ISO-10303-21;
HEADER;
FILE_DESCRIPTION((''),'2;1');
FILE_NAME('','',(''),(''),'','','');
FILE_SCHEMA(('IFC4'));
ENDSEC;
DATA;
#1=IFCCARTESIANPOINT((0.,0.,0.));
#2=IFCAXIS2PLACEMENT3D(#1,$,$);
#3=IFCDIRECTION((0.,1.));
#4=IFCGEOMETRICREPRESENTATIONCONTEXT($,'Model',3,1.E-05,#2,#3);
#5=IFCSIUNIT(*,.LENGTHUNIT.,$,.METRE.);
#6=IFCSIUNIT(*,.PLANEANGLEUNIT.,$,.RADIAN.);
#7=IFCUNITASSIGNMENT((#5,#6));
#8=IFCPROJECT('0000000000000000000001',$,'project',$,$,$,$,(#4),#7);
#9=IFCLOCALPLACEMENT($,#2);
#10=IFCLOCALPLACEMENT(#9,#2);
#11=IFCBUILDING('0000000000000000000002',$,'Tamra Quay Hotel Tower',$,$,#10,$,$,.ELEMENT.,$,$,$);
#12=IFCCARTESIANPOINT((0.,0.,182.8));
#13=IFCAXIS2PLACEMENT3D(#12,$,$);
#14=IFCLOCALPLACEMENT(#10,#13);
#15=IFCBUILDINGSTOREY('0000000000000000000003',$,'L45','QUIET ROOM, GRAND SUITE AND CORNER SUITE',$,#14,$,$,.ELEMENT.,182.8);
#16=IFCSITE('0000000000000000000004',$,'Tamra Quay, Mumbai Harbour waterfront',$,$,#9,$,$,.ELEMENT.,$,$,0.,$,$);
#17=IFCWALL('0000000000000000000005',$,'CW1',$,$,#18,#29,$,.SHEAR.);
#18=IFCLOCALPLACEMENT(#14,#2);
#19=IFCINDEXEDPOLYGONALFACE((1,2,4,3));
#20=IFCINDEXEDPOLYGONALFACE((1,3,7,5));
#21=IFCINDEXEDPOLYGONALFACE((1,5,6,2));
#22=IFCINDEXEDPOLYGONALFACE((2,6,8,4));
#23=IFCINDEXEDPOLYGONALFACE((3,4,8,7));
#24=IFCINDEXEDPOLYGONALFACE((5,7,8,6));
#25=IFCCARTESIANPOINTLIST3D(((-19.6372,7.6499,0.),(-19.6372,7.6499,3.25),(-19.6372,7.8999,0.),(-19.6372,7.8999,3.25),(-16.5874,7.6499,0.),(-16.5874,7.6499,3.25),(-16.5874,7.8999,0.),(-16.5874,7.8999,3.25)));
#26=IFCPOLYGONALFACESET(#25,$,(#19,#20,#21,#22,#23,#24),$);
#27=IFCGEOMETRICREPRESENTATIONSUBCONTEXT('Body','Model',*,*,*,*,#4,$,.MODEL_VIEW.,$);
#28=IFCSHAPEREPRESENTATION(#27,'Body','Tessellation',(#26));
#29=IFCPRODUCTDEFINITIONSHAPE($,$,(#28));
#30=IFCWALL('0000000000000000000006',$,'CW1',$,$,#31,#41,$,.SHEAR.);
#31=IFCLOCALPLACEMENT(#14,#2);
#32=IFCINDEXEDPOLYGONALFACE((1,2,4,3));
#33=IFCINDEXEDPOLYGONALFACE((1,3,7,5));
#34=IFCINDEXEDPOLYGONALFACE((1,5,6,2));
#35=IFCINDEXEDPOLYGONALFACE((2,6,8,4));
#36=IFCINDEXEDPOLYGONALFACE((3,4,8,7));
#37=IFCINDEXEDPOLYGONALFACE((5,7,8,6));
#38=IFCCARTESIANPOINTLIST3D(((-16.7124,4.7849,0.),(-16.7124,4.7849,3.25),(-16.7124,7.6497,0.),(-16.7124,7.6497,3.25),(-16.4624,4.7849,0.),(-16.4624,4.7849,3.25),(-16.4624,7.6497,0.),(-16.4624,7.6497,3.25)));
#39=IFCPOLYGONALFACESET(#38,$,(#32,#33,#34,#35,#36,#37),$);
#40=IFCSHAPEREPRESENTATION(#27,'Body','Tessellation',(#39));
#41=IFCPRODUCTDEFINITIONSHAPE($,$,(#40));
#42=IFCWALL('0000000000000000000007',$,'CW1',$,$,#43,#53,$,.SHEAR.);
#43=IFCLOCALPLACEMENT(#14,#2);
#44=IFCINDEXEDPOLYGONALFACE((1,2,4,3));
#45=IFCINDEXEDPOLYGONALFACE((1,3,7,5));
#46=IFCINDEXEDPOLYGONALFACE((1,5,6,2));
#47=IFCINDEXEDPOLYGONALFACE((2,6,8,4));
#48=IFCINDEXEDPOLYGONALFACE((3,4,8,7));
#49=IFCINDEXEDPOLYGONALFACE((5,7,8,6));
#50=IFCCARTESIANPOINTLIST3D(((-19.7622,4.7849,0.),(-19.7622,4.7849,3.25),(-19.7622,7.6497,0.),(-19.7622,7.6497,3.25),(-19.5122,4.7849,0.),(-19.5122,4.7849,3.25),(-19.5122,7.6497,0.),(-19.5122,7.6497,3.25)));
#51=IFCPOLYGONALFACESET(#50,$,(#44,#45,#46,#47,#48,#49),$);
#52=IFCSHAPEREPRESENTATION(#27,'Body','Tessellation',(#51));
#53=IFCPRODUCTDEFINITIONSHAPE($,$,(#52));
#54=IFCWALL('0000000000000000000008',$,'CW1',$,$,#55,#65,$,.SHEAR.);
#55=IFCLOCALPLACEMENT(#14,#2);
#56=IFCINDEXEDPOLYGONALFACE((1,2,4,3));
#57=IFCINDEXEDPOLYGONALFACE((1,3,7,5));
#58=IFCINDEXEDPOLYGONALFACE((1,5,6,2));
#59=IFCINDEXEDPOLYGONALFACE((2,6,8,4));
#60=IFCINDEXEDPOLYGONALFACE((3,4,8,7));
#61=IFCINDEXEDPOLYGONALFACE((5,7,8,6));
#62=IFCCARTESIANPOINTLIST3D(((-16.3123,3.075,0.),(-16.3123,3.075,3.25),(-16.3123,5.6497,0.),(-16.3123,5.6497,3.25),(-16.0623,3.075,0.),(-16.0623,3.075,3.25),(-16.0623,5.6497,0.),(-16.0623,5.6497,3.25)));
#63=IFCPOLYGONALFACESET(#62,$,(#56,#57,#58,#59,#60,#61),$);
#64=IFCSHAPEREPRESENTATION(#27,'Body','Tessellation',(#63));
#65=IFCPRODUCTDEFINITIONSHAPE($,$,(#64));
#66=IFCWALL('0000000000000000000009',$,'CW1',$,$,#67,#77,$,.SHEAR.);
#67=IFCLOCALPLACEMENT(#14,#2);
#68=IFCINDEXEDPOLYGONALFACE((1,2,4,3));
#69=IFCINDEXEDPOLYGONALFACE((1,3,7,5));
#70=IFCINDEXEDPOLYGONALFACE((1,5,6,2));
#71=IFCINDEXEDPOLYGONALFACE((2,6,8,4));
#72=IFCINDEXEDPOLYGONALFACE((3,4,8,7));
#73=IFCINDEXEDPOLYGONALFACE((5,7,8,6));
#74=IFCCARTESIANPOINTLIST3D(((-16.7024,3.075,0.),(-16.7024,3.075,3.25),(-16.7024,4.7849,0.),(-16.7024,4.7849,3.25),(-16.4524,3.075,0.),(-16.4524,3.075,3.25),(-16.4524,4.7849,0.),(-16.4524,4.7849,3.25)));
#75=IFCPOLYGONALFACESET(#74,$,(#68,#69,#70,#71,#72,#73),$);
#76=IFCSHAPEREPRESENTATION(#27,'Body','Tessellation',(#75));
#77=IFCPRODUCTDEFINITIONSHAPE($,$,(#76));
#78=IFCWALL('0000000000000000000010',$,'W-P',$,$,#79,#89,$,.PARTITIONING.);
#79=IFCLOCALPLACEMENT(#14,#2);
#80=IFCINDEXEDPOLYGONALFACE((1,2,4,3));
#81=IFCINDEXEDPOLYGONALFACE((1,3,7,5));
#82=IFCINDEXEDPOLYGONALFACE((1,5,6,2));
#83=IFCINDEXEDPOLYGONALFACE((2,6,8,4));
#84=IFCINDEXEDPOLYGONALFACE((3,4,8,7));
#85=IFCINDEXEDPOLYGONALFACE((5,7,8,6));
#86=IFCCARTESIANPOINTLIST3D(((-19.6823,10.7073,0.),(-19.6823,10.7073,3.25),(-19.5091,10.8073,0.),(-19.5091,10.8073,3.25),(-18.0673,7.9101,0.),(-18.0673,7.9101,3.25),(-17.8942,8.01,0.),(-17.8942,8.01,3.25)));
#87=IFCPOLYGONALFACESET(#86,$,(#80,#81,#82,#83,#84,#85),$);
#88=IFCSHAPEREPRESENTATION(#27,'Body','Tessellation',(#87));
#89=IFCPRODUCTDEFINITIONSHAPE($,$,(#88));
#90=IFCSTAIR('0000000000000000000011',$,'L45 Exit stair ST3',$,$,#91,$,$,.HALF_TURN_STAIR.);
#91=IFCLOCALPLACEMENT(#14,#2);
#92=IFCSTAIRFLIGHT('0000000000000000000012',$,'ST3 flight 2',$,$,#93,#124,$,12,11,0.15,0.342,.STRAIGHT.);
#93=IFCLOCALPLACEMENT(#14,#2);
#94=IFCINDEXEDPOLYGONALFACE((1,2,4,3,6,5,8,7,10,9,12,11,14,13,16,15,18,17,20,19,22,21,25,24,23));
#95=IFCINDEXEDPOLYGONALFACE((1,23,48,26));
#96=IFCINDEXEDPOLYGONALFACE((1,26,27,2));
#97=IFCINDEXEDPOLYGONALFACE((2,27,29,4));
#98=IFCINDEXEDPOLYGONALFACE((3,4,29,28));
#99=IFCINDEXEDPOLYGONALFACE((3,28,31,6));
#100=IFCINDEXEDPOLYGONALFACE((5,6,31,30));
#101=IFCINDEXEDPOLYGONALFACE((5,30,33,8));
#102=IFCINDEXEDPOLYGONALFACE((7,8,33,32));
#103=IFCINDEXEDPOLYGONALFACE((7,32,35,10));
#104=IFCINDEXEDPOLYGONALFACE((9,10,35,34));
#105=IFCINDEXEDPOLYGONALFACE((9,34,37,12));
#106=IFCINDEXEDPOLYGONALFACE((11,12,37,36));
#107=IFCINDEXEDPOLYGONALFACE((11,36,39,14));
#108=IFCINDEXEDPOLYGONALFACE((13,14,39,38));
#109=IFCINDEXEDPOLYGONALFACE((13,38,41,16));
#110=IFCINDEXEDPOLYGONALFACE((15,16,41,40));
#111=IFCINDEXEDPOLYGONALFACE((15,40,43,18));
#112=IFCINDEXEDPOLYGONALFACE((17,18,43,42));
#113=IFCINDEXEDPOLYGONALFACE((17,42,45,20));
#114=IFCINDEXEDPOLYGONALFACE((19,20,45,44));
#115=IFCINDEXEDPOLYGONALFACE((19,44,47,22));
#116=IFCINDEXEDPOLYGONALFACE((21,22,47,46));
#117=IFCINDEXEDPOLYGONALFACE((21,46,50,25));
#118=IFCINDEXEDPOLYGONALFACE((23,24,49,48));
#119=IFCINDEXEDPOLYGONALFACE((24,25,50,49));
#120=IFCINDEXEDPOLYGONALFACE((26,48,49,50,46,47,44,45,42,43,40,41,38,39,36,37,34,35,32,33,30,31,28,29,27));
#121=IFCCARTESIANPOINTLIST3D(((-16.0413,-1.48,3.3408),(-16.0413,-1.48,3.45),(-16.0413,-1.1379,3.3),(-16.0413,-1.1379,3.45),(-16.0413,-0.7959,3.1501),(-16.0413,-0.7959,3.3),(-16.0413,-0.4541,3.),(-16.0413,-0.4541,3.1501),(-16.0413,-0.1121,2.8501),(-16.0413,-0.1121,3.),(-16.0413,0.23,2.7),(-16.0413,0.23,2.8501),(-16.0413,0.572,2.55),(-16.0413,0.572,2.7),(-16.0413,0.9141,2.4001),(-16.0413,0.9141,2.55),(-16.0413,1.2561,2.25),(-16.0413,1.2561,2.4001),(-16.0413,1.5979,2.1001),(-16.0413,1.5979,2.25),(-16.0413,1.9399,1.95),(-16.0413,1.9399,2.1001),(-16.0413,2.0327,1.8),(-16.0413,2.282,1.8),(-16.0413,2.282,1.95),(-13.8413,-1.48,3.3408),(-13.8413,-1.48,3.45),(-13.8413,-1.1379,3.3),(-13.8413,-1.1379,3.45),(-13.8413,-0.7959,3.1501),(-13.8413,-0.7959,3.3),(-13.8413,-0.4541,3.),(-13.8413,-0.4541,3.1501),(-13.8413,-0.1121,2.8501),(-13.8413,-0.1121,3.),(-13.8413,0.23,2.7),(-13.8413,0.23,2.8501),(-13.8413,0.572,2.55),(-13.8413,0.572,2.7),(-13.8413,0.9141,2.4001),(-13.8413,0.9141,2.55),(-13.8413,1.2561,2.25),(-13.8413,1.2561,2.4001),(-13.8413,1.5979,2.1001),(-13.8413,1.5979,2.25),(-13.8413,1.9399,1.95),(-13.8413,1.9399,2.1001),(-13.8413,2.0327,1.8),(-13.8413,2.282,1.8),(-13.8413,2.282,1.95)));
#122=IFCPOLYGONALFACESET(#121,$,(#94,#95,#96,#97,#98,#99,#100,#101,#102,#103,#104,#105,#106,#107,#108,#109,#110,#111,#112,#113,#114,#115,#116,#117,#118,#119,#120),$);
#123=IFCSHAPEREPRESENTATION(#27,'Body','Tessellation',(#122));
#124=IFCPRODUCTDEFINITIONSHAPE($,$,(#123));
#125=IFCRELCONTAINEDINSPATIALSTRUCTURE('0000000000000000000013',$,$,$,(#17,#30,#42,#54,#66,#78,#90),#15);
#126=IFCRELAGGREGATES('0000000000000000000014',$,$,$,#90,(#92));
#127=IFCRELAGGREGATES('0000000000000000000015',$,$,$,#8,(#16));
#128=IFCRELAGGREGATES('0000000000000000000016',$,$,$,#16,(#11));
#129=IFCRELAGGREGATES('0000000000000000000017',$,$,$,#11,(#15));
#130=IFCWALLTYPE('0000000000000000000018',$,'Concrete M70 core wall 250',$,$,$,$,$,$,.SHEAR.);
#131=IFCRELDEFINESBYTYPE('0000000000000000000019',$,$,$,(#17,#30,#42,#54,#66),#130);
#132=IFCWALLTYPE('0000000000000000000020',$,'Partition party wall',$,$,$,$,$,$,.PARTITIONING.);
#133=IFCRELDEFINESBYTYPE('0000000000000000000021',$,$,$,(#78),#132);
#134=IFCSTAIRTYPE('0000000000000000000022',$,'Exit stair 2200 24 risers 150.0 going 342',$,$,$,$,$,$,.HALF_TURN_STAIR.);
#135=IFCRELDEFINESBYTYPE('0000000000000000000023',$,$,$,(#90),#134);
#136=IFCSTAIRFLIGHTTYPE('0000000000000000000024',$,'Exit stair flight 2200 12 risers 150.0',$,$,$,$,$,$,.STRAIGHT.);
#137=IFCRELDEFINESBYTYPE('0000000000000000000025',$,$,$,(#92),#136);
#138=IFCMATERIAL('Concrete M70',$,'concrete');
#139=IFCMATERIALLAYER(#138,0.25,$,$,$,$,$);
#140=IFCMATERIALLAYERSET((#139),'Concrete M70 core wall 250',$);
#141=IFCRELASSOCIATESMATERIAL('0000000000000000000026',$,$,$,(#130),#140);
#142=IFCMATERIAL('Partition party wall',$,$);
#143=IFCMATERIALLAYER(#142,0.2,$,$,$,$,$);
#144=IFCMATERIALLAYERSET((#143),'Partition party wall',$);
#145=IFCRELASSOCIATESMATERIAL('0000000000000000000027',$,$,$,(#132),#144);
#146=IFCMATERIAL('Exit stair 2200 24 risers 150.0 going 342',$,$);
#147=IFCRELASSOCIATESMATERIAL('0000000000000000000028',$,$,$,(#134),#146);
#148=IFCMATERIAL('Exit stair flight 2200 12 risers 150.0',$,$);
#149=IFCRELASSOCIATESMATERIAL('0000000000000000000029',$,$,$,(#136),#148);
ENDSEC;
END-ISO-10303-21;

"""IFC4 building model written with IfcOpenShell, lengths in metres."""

from ifc_helpers import new_model, si_unit, direction, frame, frame_2d, origin, place, context, subcontext, project, spatial, polyline, rectangle, outline, extrude, material, layer, layer_set, type_object, element, aggregate, save


model = new_model("IFC4")

# Units and contexts
model_context = context("Model", 3, precision=1e-05, world=origin(), true_north=direction((0.0, 1.0)))
body_context = subcontext(model_context, "Body", "Model", "MODEL_VIEW")
ifc_project = project(units=[si_unit("LENGTHUNIT", "METRE"), si_unit("PLANEANGLEUNIT", "RADIAN")], contexts=[model_context])

# Site, building, storey
site_placement = place(None, origin())
site = spatial("IfcSite", under=ifc_project, at=site_placement, Name="Tamra Quay, Mumbai Harbour waterfront", CompositionType="ELEMENT", RefElevation=0.0)
building_placement = place(site_placement, origin())
building = spatial("IfcBuilding", under=site, at=building_placement, Name="Tamra Quay Hotel Tower", CompositionType="ELEMENT")
storey_placement = place(building_placement, frame((0.0, 0.0, 182.8)))
storey = spatial("IfcBuildingStorey", under=building, at=storey_placement, Name="L45", Description="QUIET ROOM, GRAND SUITE AND CORNER SUITE", CompositionType="ELEMENT", Elevation=182.8)

# Shared definitions
ifc_material_1 = material(Name="Concrete M70", Category="concrete")

# Walls
ifc_layer_1 = layer(ifc_material_1, 0.25)
ifc_layer_set_1 = layer_set([ifc_layer_1], Name="Concrete M70 core wall 250")
wall_type_1 = type_object("IfcWallType", Name="Concrete M70 core wall 250", PredefinedType="SHEAR", material=ifc_layer_set_1)
wall_1_placement = place(storey_placement, frame((-19.6372, 7.7749, 0.0), z_axis=(0.0, 0.0, 1.0), x_axis=(1.0, 0.0, 0.0)))
element("IfcWall", 1, at=wall_1_placement, inside=storey, type_object=wall_type_1, Name="CW1", PredefinedType="SHEAR", context=body_context, shape_type="SweptSolid", body=[
    extrude(rectangle(XDim=3.0498, YDim=0.25, at=frame_2d((1.5249, 0.0))), origin(), (0.0, 0.0, 1.0), 3.25),
])
for number, where, z_axis, x_axis, name in (
    (2, (-16.5874, 7.6497, 0.0), (0.0, 0.0, 1.0), (0.0, -1.0, 0.0), "CW1"),
    (3, (-19.6372, 4.7849, 0.0), (0.0, 0.0, 1.0), (0.0, 1.0, 0.0), "CW1"),
):
    element("IfcWall", number, at=place(storey_placement, frame(where, z_axis=z_axis, x_axis=x_axis)), inside=storey, type_object=wall_type_1, Name=name, PredefinedType="SHEAR", context=body_context, shape_type="SweptSolid", body=[
        extrude(rectangle(XDim=2.8647, YDim=0.25, at=frame_2d((1.4324, 0.0))), origin(), (0.0, 0.0, 1.0), 3.25),
    ])
wall_2_placement = place(storey_placement, frame((-16.1873, 3.075, 0.0), z_axis=(0.0, 0.0, 1.0), x_axis=(0.0, 1.0, 0.0)))
element("IfcWall", 4, at=wall_2_placement, inside=storey, type_object=wall_type_1, Name="CW1", PredefinedType="SHEAR", context=body_context, shape_type="SweptSolid", body=[
    extrude(rectangle(XDim=2.5747, YDim=0.25, at=frame_2d((1.2874, 0.0))), origin(), (0.0, 0.0, 1.0), 3.25),
])
wall_3_placement = place(storey_placement, frame((-16.5774, 4.7849, 0.0), z_axis=(0.0, 0.0, 1.0), x_axis=(0.0, -1.0, 0.0)))
element("IfcWall", 5, at=wall_3_placement, inside=storey, type_object=wall_type_1, Name="CW1", PredefinedType="SHEAR", context=body_context, shape_type="SweptSolid", body=[
    extrude(rectangle(XDim=1.71, YDim=0.25, at=frame_2d((0.855, 0.0))), origin(), (0.0, 0.0, 1.0), 3.25),
])
ifc_material_2 = material(Name="Partition party wall")
ifc_layer_2 = layer(ifc_material_2, 0.2)
ifc_layer_set_2 = layer_set([ifc_layer_2], Name="Partition party wall")
wall_type_2 = type_object("IfcWallType", Name="Partition party wall", PredefinedType="PARTITIONING", material=ifc_layer_set_2)
wall_4_placement = place(storey_placement, frame((-19.5957, 10.7573, 0.0), z_axis=(0.0, 0.0, 1.0), x_axis=(0.499984, -0.866035, 0.0)))
element("IfcWall", 6, at=wall_4_placement, inside=storey, type_object=wall_type_2, Name="W-P", PredefinedType="PARTITIONING", context=body_context, shape_type="SweptSolid", body=[
    extrude(rectangle(XDim=3.23, YDim=0.2, at=frame_2d((1.615, 0.0))), origin(), (0.0, 0.0, 1.0), 3.25),
])

# Stair, stair flight
ifc_material_3 = material(Name="Exit stair 2200 24 risers 150.0 going 342")
stair_type = type_object("IfcStairType", Name="Exit stair 2200 24 risers 150.0 going 342", PredefinedType="HALF_TURN_STAIR", material=ifc_material_3)
stair_placement = place(storey_placement, origin())
stair = element("IfcStair", 7, at=stair_placement, inside=storey, type_object=stair_type, Name="L45 Exit stair ST3", PredefinedType="HALF_TURN_STAIR")
ifc_material_4 = material(Name="Exit stair flight 2200 12 risers 150.0")
stair_flight_type = type_object("IfcStairFlightType", Name="Exit stair flight 2200 12 risers 150.0", PredefinedType="STRAIGHT", material=ifc_material_4)
stair_flight_placement = place(storey_placement, frame((-14.9414, 2.282, 1.8), z_axis=(0.0, 0.0, 1.0), x_axis=(0.0, -1.0, 0.0)))
stair_flight = element("IfcStairFlight", 8, at=stair_flight_placement, type_object=stair_flight_type, Name="ST3 flight 2", NumberOfRisers=12, NumberOfTreads=11, PredefinedType="STRAIGHT", RiserHeight=0.15, TreadLength=0.342, context=body_context, shape_type="SweptSolid", body=[
    extrude(outline(polyline([(0.0, 0.0), (0.0, 0.1499), (0.342, 0.1499), (0.342, 0.3), (0.6841, 0.3), (0.6841, 0.45), (1.0259, 0.45), (1.0259, 0.6001), (1.3679, 0.6001), (1.3679, 0.75), (1.71, 0.75), (1.71, 0.8999), (2.052, 0.8999), (2.052, 1.05), (2.394, 1.05), (2.394, 1.2), (2.7361, 1.2), (2.7361, 1.3501), (3.0779, 1.3501), (3.0779, 1.5), (3.4199, 1.5), (3.4199, 1.6499), (3.762, 1.6499), (3.762, 1.8), (3.762, 1.5408), (0.2493, 0.0), (0.0, 0.0)])), frame((0.0, 1.1001, 0.0), z_axis=(0.0, -1.0, 0.0), x_axis=(1.0, 0.0, 0.0)), (0.0, 0.0, 1.0), 2.2),
])
aggregate(stair, [stair_flight])

save(model, "model.ifc")
